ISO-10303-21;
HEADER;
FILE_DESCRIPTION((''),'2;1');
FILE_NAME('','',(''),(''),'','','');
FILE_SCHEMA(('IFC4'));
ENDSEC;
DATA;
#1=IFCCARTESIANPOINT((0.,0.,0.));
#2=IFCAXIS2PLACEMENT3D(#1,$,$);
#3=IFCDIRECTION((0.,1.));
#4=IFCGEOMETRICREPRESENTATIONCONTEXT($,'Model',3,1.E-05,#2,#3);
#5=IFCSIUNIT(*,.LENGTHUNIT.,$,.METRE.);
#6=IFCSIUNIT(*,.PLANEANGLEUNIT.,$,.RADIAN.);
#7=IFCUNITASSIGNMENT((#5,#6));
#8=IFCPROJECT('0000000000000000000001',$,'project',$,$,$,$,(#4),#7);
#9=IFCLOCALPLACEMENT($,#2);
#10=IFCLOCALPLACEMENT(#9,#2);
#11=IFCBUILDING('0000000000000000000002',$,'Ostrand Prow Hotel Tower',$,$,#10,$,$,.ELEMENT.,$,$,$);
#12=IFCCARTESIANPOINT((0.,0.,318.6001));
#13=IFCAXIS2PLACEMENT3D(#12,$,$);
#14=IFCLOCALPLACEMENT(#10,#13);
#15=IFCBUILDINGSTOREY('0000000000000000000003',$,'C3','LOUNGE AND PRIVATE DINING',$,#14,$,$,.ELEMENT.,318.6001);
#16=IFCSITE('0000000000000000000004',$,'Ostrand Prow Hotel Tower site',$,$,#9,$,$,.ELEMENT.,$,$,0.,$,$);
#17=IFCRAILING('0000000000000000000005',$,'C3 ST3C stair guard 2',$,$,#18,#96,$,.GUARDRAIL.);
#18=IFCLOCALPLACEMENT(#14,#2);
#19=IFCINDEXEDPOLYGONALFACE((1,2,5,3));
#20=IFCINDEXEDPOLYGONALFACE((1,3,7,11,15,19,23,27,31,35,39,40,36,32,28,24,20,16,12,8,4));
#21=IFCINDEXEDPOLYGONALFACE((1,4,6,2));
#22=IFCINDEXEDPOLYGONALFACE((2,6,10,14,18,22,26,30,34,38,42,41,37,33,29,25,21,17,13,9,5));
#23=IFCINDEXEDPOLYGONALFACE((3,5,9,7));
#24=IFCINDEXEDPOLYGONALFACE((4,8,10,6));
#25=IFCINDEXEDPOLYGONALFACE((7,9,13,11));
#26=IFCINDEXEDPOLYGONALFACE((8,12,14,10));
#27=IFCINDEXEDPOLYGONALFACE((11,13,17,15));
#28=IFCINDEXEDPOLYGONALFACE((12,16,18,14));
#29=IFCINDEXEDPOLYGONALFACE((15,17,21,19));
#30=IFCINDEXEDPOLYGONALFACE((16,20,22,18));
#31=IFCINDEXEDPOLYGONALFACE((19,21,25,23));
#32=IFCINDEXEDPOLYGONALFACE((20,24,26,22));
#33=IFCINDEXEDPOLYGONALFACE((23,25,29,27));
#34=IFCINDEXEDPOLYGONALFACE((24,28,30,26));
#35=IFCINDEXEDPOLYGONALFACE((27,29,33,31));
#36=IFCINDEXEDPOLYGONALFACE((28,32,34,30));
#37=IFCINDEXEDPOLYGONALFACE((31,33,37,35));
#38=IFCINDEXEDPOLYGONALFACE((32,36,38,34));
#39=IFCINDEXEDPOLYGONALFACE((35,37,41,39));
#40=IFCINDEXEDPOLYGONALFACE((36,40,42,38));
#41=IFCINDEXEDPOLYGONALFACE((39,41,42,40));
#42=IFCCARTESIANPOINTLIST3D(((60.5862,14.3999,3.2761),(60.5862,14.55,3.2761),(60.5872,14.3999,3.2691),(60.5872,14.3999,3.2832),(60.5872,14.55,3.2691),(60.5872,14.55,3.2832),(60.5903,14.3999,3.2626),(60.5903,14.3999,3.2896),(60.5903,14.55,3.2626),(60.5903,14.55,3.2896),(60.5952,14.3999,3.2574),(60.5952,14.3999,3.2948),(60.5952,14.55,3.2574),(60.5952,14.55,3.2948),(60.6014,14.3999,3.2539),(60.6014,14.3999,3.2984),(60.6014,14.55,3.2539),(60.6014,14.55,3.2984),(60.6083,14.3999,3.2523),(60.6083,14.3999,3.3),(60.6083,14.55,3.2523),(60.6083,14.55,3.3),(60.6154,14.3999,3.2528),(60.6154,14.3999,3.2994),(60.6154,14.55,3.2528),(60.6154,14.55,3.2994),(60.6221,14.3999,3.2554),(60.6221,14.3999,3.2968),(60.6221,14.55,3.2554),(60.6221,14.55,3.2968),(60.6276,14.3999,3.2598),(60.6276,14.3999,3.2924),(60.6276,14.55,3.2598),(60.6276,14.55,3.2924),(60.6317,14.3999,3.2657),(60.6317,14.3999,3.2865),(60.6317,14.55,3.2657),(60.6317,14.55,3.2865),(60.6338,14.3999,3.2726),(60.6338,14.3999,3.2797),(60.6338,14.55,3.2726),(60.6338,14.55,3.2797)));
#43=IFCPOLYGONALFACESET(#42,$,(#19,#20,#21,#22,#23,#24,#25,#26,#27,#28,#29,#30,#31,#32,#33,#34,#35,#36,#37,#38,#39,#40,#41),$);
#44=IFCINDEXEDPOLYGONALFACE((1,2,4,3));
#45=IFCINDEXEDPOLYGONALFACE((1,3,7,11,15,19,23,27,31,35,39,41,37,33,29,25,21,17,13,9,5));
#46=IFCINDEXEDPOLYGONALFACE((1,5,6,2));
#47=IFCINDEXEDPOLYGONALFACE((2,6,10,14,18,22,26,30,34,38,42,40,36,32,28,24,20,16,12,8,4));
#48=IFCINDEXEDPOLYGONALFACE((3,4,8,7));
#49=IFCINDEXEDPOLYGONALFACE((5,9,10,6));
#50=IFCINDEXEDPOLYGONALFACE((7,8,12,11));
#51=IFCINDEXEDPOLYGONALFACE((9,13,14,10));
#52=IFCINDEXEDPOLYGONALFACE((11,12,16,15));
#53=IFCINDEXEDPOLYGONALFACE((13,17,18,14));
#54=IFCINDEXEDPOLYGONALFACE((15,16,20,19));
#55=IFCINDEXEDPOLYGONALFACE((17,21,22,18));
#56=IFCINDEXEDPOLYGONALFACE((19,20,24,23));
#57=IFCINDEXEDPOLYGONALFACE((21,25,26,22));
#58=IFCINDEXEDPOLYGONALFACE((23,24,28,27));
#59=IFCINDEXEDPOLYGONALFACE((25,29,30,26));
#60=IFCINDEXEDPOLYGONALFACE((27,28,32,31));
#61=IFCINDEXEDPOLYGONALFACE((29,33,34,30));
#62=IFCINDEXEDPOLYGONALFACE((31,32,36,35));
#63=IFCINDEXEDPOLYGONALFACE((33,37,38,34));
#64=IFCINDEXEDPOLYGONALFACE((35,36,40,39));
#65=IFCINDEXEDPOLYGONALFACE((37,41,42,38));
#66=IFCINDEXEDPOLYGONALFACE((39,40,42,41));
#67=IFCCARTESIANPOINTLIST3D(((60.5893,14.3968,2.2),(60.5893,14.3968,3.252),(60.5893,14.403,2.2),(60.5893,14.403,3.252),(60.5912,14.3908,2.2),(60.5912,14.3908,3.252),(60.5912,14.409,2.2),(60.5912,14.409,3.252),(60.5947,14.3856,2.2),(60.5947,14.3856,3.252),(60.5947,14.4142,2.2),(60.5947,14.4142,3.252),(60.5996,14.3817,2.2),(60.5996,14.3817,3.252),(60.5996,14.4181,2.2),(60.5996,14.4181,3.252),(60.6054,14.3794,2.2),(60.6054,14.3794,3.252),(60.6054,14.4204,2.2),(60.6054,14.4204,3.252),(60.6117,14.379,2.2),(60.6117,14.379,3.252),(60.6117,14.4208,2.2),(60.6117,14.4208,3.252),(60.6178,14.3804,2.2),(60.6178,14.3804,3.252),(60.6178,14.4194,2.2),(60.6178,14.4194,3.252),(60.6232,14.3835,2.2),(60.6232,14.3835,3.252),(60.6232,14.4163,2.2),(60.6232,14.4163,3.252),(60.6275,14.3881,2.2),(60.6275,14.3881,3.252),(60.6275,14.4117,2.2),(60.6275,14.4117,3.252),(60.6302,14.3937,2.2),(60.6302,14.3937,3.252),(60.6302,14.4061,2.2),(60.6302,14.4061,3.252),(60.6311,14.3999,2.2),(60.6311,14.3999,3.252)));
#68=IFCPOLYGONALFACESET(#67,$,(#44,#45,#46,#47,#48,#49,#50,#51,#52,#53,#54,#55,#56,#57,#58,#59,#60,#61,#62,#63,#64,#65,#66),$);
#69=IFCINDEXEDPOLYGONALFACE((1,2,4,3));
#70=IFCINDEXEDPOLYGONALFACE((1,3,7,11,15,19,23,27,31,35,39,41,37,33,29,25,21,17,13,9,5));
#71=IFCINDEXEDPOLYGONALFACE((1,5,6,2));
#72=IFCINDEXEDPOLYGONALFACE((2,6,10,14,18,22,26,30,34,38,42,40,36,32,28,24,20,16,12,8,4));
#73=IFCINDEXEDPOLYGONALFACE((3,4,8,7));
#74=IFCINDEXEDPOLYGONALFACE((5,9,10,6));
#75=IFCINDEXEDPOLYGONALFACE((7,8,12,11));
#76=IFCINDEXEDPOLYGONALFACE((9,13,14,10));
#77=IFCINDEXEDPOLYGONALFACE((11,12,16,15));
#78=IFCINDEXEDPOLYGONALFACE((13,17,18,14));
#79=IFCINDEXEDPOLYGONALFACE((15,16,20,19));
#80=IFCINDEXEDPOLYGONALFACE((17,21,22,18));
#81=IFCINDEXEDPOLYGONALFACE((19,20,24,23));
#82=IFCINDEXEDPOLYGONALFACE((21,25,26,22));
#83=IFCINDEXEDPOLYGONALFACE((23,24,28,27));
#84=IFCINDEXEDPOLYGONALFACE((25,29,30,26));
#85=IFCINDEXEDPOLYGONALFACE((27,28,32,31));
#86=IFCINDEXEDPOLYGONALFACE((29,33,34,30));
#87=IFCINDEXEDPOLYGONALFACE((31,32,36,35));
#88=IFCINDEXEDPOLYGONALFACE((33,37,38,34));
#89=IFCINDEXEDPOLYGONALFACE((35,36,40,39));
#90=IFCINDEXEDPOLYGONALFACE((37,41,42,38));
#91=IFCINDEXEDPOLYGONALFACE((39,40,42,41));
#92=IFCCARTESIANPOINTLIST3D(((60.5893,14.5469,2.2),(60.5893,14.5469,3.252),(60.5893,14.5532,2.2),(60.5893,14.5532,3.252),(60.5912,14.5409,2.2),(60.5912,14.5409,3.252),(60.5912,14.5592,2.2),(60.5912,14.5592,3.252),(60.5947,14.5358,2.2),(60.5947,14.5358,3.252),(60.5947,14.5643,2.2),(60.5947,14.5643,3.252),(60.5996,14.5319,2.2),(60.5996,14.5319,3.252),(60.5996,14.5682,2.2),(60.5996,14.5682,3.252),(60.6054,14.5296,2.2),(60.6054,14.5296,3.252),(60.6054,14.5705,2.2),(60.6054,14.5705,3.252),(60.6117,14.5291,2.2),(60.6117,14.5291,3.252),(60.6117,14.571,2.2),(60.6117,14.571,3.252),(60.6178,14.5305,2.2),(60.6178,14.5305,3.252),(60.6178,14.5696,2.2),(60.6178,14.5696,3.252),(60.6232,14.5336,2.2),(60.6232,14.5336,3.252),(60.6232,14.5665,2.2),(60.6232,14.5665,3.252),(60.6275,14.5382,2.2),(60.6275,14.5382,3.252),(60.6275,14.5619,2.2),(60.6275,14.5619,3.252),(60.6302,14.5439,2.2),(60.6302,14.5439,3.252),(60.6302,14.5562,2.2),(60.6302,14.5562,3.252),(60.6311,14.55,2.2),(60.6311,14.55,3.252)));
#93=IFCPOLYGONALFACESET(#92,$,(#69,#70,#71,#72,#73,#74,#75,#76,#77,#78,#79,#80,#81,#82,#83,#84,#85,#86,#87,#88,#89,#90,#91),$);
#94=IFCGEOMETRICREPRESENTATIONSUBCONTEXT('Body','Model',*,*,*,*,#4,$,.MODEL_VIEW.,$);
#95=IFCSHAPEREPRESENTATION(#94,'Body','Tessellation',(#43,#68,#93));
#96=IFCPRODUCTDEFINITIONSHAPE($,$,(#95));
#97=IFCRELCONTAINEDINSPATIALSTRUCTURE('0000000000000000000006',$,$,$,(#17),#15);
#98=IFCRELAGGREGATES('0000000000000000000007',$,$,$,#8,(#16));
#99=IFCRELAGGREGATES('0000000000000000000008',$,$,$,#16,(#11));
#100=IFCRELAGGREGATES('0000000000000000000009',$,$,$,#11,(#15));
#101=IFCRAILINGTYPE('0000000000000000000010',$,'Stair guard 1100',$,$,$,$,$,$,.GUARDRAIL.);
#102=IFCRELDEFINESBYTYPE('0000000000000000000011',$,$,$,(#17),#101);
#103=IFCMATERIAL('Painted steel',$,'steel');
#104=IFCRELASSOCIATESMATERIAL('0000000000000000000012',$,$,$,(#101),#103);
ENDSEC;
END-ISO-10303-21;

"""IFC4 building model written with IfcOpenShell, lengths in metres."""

from ifc_helpers import new_model, si_unit, direction, frame, origin, origin_2d, place, context, subcontext, project, spatial, circle, extrude, material, type_object, element, save


model = new_model("IFC4")

# Units and contexts
model_context = context("Model", 3, precision=1e-05, world=origin(), true_north=direction((0.0, 1.0)))
body_context = subcontext(model_context, "Body", "Model", "MODEL_VIEW")
ifc_project = project(units=[si_unit("LENGTHUNIT", "METRE"), si_unit("PLANEANGLEUNIT", "RADIAN")], contexts=[model_context])

# Site, building, storey
site_placement = place(None, origin())
site = spatial("IfcSite", under=ifc_project, at=site_placement, Name="Ostrand Prow Hotel Tower site", CompositionType="ELEMENT", RefElevation=0.0)
building_placement = place(site_placement, origin())
building = spatial("IfcBuilding", under=site, at=building_placement, Name="Ostrand Prow Hotel Tower", CompositionType="ELEMENT")
storey_placement = place(building_placement, frame((0.0, 0.0, 318.6001)))
storey = spatial("IfcBuildingStorey", under=building, at=storey_placement, Name="C3", Description="LOUNGE AND PRIVATE DINING", CompositionType="ELEMENT", Elevation=318.6001)

# Railing
ifc_material_1 = material(Name="Painted steel", Category="steel")
railing_type_1 = type_object("IfcRailingType", Name="Stair guard 1100", PredefinedType="GUARDRAIL", material=ifc_material_1)
railing_1_placement = place(storey_placement, frame((60.6101, 14.3999, 2.2)))
element("IfcRailing", 1, at=railing_1_placement, inside=storey, type_object=railing_type_1, Name="C3 ST3C stair guard 2", PredefinedType="GUARDRAIL", context=body_context, shape_type="SweptSolid", body=[
    extrude(circle(Radius=0.0239, at=origin_2d()), frame((0.0, 0.0, 1.0762), z_axis=(0.0, 1.0, 0.0), x_axis=(-1.0, 0.0, 0.0)), (0.0, 0.0, 1.0), 0.1501),
    extrude(circle(Radius=0.021, at=origin_2d()), origin(), (0.0, 0.0, 1.0), 1.052),
    extrude(circle(Radius=0.021, at=origin_2d()), frame((0.0, 0.1501, 0.0)), (0.0, 0.0, 1.0), 1.052),
])

save(model, "model.ifc")
